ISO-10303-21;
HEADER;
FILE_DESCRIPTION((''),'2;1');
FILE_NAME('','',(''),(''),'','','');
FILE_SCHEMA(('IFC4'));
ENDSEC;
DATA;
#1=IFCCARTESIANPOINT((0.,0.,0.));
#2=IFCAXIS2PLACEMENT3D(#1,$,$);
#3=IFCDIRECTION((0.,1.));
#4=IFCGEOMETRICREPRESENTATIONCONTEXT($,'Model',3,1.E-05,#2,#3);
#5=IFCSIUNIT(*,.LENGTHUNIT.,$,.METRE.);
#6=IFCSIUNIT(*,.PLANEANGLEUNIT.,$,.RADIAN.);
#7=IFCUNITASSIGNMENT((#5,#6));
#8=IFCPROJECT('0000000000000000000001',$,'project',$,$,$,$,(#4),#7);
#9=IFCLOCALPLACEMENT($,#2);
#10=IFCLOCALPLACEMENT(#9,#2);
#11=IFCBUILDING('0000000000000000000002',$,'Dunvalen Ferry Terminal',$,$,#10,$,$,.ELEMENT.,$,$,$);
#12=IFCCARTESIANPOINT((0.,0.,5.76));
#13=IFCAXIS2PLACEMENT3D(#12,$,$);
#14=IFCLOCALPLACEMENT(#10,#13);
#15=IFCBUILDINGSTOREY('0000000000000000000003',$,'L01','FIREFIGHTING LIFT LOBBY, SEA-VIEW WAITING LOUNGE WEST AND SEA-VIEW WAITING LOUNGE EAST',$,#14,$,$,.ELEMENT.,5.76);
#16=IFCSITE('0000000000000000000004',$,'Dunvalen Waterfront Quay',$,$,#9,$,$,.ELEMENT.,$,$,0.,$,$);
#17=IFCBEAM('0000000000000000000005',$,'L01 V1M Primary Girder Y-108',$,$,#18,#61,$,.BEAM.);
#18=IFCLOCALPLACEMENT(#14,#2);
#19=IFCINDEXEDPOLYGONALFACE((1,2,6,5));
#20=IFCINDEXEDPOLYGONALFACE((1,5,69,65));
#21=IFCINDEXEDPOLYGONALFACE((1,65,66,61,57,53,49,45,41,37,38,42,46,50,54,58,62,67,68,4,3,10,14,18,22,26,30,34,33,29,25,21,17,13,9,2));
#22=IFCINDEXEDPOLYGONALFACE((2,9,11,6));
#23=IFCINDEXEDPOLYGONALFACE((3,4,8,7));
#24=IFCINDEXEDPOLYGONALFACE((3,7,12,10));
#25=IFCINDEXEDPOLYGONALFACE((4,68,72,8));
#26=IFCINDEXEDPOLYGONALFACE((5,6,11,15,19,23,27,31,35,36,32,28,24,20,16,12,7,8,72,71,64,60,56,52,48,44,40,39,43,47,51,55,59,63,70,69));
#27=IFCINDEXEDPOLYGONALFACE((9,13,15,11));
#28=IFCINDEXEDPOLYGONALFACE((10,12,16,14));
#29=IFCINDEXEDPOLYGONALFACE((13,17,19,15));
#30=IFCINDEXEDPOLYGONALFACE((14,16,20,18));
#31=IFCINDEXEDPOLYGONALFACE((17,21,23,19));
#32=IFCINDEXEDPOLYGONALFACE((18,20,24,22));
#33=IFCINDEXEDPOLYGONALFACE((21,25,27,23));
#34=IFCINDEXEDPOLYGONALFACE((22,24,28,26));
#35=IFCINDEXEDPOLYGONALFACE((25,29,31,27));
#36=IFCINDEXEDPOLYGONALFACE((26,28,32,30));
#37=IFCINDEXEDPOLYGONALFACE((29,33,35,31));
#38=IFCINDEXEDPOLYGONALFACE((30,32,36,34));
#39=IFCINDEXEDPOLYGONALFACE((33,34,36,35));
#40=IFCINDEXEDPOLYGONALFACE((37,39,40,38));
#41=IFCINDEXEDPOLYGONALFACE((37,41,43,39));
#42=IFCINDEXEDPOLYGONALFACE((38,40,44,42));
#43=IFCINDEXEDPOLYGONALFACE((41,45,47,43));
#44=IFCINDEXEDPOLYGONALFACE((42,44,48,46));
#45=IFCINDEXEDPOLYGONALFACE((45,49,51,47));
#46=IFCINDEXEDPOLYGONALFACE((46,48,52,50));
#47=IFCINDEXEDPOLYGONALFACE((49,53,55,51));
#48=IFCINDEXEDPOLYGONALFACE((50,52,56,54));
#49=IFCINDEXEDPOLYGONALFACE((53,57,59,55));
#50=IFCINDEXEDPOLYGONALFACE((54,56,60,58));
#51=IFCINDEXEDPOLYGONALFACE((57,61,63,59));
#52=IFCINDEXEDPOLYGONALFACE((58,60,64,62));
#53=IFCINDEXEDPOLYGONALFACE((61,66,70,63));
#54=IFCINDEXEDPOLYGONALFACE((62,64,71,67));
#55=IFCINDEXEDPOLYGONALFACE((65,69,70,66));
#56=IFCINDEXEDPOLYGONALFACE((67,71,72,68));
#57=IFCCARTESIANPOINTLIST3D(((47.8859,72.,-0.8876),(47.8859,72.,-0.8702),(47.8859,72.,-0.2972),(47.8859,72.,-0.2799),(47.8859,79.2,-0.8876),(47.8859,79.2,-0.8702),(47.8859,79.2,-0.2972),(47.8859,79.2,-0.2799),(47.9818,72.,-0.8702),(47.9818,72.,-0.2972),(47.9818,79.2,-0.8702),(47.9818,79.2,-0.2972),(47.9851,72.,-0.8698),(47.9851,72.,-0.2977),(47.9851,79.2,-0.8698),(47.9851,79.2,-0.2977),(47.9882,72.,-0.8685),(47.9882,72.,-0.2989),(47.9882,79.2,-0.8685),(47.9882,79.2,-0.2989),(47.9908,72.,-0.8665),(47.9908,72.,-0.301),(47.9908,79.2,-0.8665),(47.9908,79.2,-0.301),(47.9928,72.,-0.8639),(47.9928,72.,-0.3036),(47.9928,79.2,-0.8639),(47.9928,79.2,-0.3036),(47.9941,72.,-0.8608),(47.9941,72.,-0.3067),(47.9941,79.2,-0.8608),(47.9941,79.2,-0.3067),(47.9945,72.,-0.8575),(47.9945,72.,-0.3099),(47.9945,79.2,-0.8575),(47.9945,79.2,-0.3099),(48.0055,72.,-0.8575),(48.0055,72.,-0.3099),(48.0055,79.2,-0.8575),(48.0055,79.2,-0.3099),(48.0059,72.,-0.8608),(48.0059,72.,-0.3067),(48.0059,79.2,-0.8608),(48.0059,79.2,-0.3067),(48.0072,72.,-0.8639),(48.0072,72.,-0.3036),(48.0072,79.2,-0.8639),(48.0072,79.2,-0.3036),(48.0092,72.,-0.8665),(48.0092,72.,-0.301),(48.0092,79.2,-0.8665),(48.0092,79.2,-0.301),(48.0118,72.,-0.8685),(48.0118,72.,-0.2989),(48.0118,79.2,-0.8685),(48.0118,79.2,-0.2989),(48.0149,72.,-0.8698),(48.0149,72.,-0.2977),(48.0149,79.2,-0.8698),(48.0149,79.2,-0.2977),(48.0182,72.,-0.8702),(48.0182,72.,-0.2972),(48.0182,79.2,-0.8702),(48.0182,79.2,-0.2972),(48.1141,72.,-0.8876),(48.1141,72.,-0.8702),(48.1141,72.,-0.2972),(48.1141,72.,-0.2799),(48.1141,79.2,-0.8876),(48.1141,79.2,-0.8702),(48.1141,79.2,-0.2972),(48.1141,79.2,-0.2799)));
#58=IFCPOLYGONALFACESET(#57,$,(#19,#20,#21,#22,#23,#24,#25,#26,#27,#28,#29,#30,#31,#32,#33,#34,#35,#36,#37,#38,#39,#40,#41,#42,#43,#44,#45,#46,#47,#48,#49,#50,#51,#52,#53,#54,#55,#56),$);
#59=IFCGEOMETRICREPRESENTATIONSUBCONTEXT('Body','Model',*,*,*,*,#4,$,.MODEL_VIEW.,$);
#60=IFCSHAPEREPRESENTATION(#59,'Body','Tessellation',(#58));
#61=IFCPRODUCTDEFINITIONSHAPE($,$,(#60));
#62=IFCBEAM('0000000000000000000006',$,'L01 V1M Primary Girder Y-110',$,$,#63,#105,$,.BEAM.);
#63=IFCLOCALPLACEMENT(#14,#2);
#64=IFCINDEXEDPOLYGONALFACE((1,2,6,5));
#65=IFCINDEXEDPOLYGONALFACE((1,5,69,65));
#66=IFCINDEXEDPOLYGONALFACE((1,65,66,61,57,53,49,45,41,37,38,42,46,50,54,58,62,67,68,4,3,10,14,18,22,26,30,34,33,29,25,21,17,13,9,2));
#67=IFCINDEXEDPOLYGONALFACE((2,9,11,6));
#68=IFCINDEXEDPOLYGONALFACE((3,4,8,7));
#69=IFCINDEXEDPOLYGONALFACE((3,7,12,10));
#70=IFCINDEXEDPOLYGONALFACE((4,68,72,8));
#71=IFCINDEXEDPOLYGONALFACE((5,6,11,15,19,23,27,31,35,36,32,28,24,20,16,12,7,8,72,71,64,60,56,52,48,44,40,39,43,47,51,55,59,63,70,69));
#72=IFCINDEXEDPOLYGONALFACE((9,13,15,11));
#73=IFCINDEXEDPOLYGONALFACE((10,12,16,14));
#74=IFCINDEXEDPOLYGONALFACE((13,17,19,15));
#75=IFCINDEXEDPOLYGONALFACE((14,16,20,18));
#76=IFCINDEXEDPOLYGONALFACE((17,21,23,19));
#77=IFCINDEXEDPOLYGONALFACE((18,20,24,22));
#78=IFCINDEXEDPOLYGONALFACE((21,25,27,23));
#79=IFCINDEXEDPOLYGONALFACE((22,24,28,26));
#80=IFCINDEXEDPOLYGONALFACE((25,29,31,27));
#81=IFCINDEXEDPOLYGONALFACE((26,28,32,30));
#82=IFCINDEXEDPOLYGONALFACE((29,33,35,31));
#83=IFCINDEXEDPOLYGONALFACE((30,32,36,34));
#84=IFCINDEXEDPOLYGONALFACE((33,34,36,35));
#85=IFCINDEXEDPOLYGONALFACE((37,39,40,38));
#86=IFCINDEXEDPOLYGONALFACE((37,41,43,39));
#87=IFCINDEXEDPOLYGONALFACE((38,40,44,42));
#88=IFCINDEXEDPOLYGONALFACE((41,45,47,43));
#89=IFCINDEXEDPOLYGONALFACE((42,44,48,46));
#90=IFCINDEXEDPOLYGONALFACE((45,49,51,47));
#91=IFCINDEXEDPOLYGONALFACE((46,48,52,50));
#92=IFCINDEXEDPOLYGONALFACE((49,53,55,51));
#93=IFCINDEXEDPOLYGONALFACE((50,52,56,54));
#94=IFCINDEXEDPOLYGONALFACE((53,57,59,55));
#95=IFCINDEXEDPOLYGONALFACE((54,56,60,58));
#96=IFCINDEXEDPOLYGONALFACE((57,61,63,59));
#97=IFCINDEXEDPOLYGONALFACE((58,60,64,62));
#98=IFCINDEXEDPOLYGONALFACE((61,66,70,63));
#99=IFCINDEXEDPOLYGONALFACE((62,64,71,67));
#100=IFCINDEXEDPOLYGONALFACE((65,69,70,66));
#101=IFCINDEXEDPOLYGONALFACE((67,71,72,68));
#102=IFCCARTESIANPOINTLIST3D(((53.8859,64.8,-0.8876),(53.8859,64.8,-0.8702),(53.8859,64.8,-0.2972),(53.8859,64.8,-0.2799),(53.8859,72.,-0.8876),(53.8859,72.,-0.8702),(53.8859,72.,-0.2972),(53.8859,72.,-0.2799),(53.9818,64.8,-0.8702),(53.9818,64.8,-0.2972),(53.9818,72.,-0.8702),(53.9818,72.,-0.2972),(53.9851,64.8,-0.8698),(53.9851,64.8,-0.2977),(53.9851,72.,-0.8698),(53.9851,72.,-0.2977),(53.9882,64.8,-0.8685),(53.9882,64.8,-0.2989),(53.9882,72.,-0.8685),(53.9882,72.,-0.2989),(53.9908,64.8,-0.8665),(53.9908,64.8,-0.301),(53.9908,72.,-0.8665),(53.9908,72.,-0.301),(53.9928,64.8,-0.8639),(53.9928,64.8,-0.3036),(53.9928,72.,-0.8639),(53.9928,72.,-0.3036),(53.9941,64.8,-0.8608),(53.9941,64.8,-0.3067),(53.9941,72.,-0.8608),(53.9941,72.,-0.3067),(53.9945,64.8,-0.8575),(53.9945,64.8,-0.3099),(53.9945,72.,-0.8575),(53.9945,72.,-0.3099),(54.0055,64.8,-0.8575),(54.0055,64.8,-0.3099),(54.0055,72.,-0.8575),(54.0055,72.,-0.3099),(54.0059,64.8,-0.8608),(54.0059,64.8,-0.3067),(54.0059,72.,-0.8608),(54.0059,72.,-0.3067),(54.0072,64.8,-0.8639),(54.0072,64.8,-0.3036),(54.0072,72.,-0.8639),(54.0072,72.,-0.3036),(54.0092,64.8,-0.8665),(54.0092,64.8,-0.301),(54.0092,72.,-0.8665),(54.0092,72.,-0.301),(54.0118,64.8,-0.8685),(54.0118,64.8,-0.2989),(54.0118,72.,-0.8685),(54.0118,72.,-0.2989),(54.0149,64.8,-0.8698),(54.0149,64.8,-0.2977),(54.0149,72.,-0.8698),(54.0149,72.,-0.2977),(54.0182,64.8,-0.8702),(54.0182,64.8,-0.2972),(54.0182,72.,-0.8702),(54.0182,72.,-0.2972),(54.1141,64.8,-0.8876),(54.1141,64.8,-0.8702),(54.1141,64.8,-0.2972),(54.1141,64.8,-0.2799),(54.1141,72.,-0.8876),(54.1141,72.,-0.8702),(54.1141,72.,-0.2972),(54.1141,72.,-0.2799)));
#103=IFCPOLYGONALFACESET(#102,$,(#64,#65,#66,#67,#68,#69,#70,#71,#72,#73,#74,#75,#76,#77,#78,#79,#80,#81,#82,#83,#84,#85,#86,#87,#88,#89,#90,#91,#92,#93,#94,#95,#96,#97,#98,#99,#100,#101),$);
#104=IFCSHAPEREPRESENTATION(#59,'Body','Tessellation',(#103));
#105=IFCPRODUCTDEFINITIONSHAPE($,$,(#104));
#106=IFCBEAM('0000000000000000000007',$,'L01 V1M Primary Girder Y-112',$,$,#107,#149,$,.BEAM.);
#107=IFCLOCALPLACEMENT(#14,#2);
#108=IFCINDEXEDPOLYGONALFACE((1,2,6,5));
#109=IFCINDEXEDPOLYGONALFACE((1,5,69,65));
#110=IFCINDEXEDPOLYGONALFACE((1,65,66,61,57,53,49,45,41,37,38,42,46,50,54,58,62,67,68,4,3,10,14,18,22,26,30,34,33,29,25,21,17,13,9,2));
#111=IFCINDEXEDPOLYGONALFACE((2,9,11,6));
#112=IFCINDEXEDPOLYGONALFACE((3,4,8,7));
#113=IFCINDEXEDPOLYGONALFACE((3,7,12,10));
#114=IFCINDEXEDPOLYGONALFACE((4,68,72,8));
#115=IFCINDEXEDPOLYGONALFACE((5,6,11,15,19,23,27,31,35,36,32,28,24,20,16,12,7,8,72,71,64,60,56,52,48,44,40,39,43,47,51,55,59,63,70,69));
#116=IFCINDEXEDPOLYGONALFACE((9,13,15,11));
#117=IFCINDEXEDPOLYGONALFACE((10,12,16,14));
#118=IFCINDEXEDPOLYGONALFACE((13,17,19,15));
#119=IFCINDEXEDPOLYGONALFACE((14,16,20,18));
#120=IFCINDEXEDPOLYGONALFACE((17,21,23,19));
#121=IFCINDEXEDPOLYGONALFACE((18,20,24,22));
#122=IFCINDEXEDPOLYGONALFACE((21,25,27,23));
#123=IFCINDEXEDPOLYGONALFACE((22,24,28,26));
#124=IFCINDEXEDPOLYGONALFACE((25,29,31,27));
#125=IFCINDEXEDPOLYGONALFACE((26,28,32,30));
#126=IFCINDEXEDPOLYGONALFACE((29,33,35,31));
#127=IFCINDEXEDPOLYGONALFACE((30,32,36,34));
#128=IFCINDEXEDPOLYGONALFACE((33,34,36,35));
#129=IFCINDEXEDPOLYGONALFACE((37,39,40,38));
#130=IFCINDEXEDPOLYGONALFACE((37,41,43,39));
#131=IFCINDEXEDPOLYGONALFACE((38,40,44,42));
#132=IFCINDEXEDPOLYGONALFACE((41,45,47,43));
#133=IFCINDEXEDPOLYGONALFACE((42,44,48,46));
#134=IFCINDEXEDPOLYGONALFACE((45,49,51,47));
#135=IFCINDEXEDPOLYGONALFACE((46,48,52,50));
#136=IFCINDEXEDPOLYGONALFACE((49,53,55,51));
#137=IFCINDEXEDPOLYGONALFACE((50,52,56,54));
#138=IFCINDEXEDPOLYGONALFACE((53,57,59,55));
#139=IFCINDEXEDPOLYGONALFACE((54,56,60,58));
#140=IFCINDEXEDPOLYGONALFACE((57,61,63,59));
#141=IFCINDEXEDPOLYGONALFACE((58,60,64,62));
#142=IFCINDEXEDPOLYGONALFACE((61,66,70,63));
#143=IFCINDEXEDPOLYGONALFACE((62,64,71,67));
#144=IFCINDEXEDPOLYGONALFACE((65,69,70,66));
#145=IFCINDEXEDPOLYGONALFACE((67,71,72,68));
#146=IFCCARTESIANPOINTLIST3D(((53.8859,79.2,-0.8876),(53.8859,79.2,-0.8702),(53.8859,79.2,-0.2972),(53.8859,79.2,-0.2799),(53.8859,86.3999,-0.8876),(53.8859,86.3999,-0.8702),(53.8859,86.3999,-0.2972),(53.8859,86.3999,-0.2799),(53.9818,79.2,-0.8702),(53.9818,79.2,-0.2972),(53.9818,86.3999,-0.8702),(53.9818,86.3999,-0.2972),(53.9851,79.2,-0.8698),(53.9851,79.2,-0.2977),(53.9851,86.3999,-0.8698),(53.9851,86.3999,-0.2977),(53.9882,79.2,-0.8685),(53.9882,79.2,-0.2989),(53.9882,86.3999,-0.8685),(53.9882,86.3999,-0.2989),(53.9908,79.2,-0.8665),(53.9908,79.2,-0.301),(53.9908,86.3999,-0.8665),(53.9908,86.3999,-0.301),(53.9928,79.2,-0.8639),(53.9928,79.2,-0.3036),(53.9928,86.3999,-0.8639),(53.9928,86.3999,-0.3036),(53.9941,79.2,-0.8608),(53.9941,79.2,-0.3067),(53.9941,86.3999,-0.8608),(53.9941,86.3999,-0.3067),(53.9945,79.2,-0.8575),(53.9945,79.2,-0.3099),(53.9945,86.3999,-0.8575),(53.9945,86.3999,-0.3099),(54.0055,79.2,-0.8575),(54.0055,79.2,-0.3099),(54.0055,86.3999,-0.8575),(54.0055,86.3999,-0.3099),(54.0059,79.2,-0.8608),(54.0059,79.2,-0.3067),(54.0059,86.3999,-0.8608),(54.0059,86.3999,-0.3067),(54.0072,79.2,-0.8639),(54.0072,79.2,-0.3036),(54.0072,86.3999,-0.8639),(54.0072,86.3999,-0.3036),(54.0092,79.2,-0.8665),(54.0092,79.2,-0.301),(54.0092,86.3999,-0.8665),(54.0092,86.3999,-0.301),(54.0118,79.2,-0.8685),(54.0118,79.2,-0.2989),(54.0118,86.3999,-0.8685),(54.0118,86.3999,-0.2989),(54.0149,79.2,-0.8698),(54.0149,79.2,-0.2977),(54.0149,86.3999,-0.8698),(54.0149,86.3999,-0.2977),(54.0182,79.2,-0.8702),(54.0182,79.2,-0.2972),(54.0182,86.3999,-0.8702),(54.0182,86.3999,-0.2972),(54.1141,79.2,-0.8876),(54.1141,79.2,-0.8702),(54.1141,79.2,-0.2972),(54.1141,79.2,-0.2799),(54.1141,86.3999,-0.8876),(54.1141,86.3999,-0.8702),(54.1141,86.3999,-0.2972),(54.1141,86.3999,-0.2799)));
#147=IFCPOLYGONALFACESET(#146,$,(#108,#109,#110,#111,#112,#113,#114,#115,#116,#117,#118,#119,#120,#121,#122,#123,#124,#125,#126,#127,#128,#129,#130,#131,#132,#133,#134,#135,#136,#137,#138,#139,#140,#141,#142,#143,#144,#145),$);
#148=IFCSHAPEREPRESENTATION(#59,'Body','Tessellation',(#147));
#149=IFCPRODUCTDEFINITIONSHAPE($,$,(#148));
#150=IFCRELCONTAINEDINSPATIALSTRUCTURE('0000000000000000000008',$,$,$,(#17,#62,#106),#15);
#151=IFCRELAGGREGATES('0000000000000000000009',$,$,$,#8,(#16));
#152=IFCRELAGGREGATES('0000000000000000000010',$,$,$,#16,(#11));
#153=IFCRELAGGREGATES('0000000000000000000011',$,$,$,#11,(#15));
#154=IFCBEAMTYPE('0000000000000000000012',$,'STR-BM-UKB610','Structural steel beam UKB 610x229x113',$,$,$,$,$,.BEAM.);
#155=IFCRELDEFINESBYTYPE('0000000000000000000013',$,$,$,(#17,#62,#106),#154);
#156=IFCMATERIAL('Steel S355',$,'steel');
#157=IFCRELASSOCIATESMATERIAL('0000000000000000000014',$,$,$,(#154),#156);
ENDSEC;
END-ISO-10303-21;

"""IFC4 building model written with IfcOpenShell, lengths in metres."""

from ifc_helpers import new_model, si_unit, direction, frame, origin, origin_2d, place, context, subcontext, project, spatial, i_section, extrude, material, material_profile, profile_set, type_object, element, save


model = new_model("IFC4")

# Units and contexts
model_context = context("Model", 3, precision=1e-05, world=origin(), true_north=direction((0.0, 1.0)))
body_context = subcontext(model_context, "Body", "Model", "MODEL_VIEW")
ifc_project = project(units=[si_unit("LENGTHUNIT", "METRE"), si_unit("PLANEANGLEUNIT", "RADIAN")], contexts=[model_context])

# Site, building, storey
site_placement = place(None, origin())
site = spatial("IfcSite", under=ifc_project, at=site_placement, Name="Dunvalen Waterfront Quay", CompositionType="ELEMENT", RefElevation=0.0)
building_placement = place(site_placement, origin())
building = spatial("IfcBuilding", under=site, at=building_placement, Name="Dunvalen Ferry Terminal", CompositionType="ELEMENT")
storey_placement = place(building_placement, frame((0.0, 0.0, 5.76)))
storey = spatial("IfcBuildingStorey", under=building, at=storey_placement, Name="L01", Description="FIREFIGHTING LIFT LOBBY, SEA-VIEW WAITING LOUNGE WEST AND SEA-VIEW WAITING LOUNGE EAST", CompositionType="ELEMENT", Elevation=5.76)

# Beams
ifc_material_1 = material(Name="Steel S355", Category="steel")
ifc_material_profile_1 = material_profile(ifc_material_1, i_section(OverallWidth=0.2283, OverallDepth=0.6077, WebThickness=0.011, FlangeThickness=0.0173, FilletRadius=0.0127, at=origin_2d()), Name="Steel S355")
ifc_profile_set_1 = profile_set([ifc_material_profile_1], Name="Steel S355")
beam_type_1 = type_object("IfcBeamType", Name="STR-BM-UKB610", Description="Structural steel beam UKB 610x229x113", PredefinedType="BEAM", material=ifc_profile_set_1)
for number, where, z_axis, x_axis, name in (
    (1, (48.0, 72.0, -0.5837), (0.0, 1.0, 0.0), (-1.0, 0.0, 0.0), "L01 V1M Primary Girder Y-108"),
    (2, (54.0, 64.8, -0.5837), (0.0, 1.0, 0.0), (-1.0, 0.0, 0.0), "L01 V1M Primary Girder Y-110"),
    (3, (54.0, 79.2, -0.5837), (0.0, 1.0, 0.0), (-1.0, 0.0, 0.0), "L01 V1M Primary Girder Y-112"),
):
    element("IfcBeam", number, at=place(storey_placement, frame(where, z_axis=z_axis, x_axis=x_axis)), inside=storey, type_object=beam_type_1, Name=name, PredefinedType="BEAM", context=body_context, shape_type="SweptSolid", body=[
        extrude(i_section(OverallWidth=0.2283, OverallDepth=0.6077, WebThickness=0.011, FlangeThickness=0.0173, FilletRadius=0.0127, at=origin_2d()), origin(), (0.0, 0.0, 1.0), 7.2),
    ])

save(model, "model.ifc")
